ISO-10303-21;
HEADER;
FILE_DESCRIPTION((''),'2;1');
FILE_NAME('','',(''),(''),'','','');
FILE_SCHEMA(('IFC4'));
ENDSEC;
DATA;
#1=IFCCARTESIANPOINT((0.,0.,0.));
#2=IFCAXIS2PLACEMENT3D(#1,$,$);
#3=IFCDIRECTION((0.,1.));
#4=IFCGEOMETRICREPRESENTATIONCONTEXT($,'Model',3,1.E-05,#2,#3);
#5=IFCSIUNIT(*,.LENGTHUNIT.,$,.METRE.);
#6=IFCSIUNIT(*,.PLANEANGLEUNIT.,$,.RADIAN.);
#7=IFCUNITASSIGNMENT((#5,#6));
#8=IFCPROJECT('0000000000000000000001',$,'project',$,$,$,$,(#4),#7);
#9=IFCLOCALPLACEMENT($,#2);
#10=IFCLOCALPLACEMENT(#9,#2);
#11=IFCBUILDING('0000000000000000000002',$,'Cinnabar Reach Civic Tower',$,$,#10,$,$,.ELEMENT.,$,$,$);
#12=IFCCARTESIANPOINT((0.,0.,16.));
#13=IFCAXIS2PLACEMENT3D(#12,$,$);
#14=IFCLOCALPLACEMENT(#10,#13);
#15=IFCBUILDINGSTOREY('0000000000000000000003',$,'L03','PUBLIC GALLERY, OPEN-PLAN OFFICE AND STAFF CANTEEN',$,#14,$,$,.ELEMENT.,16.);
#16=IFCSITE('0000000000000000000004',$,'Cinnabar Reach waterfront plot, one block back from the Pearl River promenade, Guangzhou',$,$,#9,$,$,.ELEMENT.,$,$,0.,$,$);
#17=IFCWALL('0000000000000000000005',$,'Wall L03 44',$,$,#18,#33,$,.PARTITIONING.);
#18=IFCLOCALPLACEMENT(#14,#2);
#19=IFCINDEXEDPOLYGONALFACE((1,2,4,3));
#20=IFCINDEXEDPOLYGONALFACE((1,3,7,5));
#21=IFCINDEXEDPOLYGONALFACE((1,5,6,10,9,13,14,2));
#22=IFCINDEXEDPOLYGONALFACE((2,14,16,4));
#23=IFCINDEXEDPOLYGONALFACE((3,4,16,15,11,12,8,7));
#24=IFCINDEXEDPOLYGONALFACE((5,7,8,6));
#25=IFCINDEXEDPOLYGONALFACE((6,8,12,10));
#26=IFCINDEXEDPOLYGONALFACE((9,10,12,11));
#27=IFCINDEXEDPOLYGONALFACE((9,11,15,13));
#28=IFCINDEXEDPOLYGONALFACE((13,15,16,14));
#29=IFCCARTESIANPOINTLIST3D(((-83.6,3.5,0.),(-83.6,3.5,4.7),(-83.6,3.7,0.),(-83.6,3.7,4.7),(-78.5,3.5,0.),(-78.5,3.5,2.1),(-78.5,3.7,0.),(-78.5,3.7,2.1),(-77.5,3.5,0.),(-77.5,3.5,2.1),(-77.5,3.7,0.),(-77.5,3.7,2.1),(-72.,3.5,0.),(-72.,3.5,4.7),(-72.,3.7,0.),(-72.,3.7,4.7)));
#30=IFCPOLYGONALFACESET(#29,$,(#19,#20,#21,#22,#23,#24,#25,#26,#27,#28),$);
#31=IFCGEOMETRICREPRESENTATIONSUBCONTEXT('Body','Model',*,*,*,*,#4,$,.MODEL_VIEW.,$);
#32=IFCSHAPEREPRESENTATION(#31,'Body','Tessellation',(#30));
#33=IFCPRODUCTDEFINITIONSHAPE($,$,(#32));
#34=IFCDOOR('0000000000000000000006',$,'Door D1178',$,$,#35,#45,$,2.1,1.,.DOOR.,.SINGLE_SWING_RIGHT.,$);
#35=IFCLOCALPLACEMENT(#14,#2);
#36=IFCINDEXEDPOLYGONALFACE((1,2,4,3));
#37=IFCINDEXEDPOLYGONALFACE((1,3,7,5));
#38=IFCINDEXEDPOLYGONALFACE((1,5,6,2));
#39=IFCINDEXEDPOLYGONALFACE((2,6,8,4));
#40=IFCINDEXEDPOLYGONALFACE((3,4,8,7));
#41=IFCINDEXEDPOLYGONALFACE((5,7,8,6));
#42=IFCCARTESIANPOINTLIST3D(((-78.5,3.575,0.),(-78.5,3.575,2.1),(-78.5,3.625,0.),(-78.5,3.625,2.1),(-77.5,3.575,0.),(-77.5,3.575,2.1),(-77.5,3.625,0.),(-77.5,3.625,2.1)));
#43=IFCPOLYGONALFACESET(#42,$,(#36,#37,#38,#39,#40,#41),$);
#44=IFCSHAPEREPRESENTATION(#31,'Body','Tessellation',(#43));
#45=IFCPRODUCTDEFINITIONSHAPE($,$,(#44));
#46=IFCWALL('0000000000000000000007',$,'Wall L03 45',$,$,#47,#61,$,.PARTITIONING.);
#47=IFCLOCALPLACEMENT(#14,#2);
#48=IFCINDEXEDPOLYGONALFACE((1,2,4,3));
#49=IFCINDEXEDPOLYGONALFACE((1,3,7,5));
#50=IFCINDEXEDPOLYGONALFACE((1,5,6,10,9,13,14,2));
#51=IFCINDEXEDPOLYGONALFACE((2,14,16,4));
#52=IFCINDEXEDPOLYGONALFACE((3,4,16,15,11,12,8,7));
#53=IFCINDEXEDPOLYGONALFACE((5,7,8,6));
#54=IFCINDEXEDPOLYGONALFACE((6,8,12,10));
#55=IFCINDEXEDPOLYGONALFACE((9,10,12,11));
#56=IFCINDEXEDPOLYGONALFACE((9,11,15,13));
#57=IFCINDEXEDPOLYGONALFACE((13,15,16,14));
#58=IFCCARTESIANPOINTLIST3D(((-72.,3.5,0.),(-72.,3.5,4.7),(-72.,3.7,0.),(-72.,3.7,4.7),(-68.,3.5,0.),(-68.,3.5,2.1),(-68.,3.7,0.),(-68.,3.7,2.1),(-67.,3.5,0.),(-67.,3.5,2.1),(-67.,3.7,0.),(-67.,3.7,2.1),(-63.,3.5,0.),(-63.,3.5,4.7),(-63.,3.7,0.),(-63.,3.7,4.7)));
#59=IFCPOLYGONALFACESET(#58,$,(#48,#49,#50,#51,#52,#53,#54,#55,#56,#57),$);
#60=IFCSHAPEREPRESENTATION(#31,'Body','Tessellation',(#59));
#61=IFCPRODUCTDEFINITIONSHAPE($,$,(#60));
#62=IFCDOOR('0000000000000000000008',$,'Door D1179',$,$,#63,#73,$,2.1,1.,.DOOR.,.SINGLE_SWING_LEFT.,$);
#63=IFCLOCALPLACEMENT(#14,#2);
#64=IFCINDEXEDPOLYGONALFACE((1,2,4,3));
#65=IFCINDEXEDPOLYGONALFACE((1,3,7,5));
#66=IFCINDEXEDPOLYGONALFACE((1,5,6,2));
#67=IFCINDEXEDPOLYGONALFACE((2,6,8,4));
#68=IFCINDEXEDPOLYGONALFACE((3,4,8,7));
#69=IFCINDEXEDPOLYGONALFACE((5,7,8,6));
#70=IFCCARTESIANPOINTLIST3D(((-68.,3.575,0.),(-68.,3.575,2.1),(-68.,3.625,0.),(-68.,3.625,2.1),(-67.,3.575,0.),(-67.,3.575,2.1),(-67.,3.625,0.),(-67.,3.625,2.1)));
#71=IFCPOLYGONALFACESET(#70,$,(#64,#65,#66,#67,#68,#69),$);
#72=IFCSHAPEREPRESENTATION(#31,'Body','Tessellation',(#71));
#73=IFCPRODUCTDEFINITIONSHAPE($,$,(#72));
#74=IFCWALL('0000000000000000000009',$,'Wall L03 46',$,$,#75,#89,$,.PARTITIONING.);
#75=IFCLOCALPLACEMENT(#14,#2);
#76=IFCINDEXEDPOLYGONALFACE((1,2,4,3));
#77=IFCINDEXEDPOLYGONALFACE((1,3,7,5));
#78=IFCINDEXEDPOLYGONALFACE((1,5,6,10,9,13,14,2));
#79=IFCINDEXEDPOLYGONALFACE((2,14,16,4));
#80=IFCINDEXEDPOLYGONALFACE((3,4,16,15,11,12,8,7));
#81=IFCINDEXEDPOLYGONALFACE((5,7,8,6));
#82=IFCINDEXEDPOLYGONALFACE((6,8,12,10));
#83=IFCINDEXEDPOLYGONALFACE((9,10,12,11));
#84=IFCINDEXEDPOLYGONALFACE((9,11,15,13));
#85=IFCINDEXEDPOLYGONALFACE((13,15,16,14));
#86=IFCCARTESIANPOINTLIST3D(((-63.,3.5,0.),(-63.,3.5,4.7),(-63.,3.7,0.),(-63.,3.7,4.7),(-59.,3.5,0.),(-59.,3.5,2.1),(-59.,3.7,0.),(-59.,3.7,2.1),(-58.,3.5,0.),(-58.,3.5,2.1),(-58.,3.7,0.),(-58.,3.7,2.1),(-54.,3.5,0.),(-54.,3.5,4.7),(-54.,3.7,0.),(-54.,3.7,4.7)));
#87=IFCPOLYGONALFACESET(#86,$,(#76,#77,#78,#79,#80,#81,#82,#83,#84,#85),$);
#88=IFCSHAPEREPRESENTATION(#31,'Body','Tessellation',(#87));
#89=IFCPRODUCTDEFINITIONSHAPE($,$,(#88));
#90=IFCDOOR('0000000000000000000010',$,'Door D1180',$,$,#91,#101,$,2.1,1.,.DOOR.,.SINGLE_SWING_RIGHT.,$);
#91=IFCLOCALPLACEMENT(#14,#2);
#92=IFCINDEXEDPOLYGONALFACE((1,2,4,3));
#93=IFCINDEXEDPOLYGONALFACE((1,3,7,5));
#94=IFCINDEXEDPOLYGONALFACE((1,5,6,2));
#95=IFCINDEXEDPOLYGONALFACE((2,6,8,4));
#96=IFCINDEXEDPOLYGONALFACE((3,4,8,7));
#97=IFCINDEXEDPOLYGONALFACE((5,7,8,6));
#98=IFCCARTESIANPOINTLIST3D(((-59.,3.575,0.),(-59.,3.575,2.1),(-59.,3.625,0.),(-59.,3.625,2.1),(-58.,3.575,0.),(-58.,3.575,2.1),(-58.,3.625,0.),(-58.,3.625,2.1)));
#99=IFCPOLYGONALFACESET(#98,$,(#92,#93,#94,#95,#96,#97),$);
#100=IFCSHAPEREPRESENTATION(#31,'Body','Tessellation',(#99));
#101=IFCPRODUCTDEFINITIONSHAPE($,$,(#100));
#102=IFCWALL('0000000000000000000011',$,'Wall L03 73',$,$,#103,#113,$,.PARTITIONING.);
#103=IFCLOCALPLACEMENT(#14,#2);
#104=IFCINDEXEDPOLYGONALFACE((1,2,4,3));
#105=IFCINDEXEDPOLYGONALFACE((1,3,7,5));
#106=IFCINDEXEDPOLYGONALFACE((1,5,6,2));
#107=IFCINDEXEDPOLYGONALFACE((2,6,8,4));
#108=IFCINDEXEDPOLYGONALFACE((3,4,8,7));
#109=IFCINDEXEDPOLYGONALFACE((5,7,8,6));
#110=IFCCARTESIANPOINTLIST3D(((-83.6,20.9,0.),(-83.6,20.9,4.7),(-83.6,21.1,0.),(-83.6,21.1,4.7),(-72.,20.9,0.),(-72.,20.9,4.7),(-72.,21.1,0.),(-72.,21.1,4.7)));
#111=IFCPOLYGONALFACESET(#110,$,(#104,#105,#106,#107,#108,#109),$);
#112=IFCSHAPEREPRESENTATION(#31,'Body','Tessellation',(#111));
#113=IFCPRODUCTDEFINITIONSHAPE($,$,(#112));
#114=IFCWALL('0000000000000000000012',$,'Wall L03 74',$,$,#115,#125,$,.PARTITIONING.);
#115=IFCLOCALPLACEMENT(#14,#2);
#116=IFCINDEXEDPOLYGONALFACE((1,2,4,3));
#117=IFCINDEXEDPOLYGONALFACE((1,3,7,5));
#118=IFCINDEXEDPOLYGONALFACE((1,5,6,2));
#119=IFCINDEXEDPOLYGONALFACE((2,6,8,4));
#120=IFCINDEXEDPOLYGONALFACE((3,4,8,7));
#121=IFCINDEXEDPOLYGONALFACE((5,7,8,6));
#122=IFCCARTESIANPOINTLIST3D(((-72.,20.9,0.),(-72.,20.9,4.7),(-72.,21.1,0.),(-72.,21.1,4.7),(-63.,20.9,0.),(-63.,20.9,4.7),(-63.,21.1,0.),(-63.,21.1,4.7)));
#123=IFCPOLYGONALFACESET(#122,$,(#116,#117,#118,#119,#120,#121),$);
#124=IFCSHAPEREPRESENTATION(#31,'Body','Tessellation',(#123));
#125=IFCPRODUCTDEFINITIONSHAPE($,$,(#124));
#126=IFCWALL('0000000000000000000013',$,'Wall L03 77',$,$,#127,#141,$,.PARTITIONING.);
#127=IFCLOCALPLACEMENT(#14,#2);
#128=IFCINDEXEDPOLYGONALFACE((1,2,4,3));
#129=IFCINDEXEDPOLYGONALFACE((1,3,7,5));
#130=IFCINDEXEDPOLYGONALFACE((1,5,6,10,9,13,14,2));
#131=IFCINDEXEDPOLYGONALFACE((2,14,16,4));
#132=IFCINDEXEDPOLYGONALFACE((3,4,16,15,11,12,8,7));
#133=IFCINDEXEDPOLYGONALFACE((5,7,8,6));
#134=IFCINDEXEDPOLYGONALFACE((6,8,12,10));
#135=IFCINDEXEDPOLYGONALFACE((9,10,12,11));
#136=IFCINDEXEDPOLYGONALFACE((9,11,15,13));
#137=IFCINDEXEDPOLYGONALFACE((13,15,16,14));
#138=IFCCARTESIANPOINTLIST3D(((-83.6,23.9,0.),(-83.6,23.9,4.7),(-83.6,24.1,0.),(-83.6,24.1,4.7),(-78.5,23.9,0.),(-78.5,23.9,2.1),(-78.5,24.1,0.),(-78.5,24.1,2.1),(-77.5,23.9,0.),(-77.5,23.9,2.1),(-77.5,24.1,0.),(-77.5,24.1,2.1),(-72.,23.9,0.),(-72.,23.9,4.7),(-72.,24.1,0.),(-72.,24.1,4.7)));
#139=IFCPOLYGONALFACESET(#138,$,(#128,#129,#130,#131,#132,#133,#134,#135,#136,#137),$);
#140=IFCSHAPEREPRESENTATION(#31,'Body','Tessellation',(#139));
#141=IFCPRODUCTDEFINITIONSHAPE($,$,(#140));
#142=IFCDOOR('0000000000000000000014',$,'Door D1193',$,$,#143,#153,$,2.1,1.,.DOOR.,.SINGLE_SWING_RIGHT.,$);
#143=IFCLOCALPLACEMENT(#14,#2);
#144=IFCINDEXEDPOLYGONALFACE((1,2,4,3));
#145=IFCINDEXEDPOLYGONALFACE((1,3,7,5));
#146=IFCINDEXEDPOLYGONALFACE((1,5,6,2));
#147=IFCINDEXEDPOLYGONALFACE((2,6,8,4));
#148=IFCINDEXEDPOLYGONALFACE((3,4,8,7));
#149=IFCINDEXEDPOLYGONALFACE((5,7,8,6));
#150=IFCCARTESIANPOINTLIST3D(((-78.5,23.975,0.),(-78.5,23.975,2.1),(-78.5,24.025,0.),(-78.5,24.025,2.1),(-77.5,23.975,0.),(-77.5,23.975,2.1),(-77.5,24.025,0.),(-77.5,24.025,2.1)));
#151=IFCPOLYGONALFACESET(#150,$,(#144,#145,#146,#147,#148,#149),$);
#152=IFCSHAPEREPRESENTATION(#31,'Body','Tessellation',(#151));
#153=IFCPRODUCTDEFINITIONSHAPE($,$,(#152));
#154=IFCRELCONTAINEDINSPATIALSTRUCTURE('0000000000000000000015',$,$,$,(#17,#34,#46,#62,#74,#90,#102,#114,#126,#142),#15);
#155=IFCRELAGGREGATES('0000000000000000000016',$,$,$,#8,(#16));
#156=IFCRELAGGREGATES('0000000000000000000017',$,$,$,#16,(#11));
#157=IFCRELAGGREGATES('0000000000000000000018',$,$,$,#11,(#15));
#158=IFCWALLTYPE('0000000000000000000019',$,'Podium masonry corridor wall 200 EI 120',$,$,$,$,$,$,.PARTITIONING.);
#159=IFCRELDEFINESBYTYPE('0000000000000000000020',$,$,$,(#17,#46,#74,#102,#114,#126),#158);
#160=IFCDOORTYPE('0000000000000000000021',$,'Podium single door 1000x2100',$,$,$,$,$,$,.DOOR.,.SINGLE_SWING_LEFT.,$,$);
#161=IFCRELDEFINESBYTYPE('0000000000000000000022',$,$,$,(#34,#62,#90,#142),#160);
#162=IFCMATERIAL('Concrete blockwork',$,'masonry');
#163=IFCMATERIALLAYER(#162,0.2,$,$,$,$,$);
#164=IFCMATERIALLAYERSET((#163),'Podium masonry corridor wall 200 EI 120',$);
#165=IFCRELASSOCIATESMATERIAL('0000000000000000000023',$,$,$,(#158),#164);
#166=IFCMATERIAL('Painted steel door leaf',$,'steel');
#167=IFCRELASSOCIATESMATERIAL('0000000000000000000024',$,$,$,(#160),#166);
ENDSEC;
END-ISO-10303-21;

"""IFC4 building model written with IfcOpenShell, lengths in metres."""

from ifc_helpers import new_model, si_unit, direction, frame, frame_2d, origin, place, context, subcontext, project, spatial, rectangle, extrude, material, layer, layer_set, type_object, element, fill, save


model = new_model("IFC4")

# Units and contexts
model_context = context("Model", 3, precision=1e-05, world=origin(), true_north=direction((0.0, 1.0)))
body_context = subcontext(model_context, "Body", "Model", "MODEL_VIEW")
ifc_project = project(units=[si_unit("LENGTHUNIT", "METRE"), si_unit("PLANEANGLEUNIT", "RADIAN")], contexts=[model_context])

# Site, building, storey
site_placement = place(None, origin())
site = spatial("IfcSite", under=ifc_project, at=site_placement, Name="Cinnabar Reach waterfront plot, one block back from the Pearl River promenade, Guangzhou", CompositionType="ELEMENT", RefElevation=0.0)
building_placement = place(site_placement, origin())
building = spatial("IfcBuilding", under=site, at=building_placement, Name="Cinnabar Reach Civic Tower", CompositionType="ELEMENT")
storey_placement = place(building_placement, frame((0.0, 0.0, 16.0)))
storey = spatial("IfcBuildingStorey", under=building, at=storey_placement, Name="L03", Description="PUBLIC GALLERY, OPEN-PLAN OFFICE AND STAFF CANTEEN", CompositionType="ELEMENT", Elevation=16.0)

# Walls, openings, doors
ifc_material_1 = material(Name="Concrete blockwork", Category="masonry")
ifc_layer_1 = layer(ifc_material_1, 0.2)
ifc_layer_set_1 = layer_set([ifc_layer_1], Name="Podium masonry corridor wall 200 EI 120")
wall_type_1 = type_object("IfcWallType", Name="Podium masonry corridor wall 200 EI 120", PredefinedType="PARTITIONING", material=ifc_layer_set_1)
ifc_material_2 = material(Name="Painted steel door leaf", Category="steel")
door_type = type_object("IfcDoorType", Name="Podium single door 1000x2100", OperationType="SINGLE_SWING_LEFT", PredefinedType="DOOR", material=ifc_material_2)
wall_1_placement = place(storey_placement, frame((-83.6, 3.6, 0.0), z_axis=(0.0, 0.0, 1.0), x_axis=(1.0, 0.0, 0.0)))
wall_1 = element("IfcWall", 1, at=wall_1_placement, inside=storey, type_object=wall_type_1, Name="Wall L03 44", PredefinedType="PARTITIONING", context=body_context, shape_type="SweptSolid", body=[
    extrude(rectangle(XDim=11.6, YDim=0.2, at=frame_2d((5.8, 0.0))), origin(), (0.0, 0.0, 1.0), 4.7),
])
opening_1_placement = place(wall_1_placement, frame((5.1, 0.0, 0.0)))
opening_1 = element("IfcOpeningElement", 2, at=opening_1_placement, cuts=wall_1, PredefinedType="OPENING", context=body_context, shape_type="SweptSolid", body=[
    extrude(rectangle(XDim=1.0, YDim=2.1, at=frame_2d((0.5, 1.05))), frame((0.0, 0.11, 0.0), z_axis=(0.0, -1.0, 0.0), x_axis=(1.0, 0.0, 0.0)), (0.0, 0.0, 1.0), 0.22),
])
door_1_placement = place(opening_1_placement, origin())
door_1 = element("IfcDoor", 3, at=door_1_placement, inside=storey, type_object=door_type, Name="Door D1178", OperationType="SINGLE_SWING_RIGHT", OverallHeight=2.1, OverallWidth=1.0, PredefinedType="DOOR", context=body_context, shape_type="SweptSolid", body=[
    extrude(rectangle(XDim=1.0, YDim=2.1, at=frame_2d((0.5, 1.05))), frame((0.0, 0.025, 0.0), z_axis=(0.0, -1.0, 0.0), x_axis=(1.0, 0.0, 0.0)), (0.0, 0.0, 1.0), 0.05),
])
fill(opening_1, door_1)
wall_2_placement = place(storey_placement, frame((-72.0, 3.6, 0.0), z_axis=(0.0, 0.0, 1.0), x_axis=(1.0, 0.0, 0.0)))
wall_2 = element("IfcWall", 4, at=wall_2_placement, inside=storey, type_object=wall_type_1, Name="Wall L03 45", PredefinedType="PARTITIONING", context=body_context, shape_type="SweptSolid", body=[
    extrude(rectangle(XDim=9.0, YDim=0.2, at=frame_2d((4.5, 0.0))), origin(), (0.0, 0.0, 1.0), 4.7),
])
opening_2_placement = place(wall_2_placement, frame((4.0, 0.0, 0.0)))
opening_2 = element("IfcOpeningElement", 5, at=opening_2_placement, cuts=wall_2, PredefinedType="OPENING", context=body_context, shape_type="SweptSolid", body=[
    extrude(rectangle(XDim=1.0, YDim=2.1, at=frame_2d((0.5, 1.05))), frame((0.0, 0.11, 0.0), z_axis=(0.0, -1.0, 0.0), x_axis=(1.0, 0.0, 0.0)), (0.0, 0.0, 1.0), 0.22),
])
door_2_placement = place(opening_2_placement, origin())
door_2 = element("IfcDoor", 6, at=door_2_placement, inside=storey, type_object=door_type, Name="Door D1179", OperationType="SINGLE_SWING_LEFT", OverallHeight=2.1, OverallWidth=1.0, PredefinedType="DOOR", context=body_context, shape_type="SweptSolid", body=[
    extrude(rectangle(XDim=1.0, YDim=2.1, at=frame_2d((0.5, 1.05))), frame((0.0, 0.025, 0.0), z_axis=(0.0, -1.0, 0.0), x_axis=(1.0, 0.0, 0.0)), (0.0, 0.0, 1.0), 0.05),
])
fill(opening_2, door_2)
wall_3_placement = place(storey_placement, frame((-63.0, 3.6, 0.0), z_axis=(0.0, 0.0, 1.0), x_axis=(1.0, 0.0, 0.0)))
wall_3 = element("IfcWall", 7, at=wall_3_placement, inside=storey, type_object=wall_type_1, Name="Wall L03 46", PredefinedType="PARTITIONING", context=body_context, shape_type="SweptSolid", body=[
    extrude(rectangle(XDim=9.0, YDim=0.2, at=frame_2d((4.5, 0.0))), origin(), (0.0, 0.0, 1.0), 4.7),
])
opening_3_placement = place(wall_3_placement, frame((4.0, 0.0, 0.0)))
opening_3 = element("IfcOpeningElement", 8, at=opening_3_placement, cuts=wall_3, PredefinedType="OPENING", context=body_context, shape_type="SweptSolid", body=[
    extrude(rectangle(XDim=1.0, YDim=2.1, at=frame_2d((0.5, 1.05))), frame((0.0, 0.11, 0.0), z_axis=(0.0, -1.0, 0.0), x_axis=(1.0, 0.0, 0.0)), (0.0, 0.0, 1.0), 0.22),
])
door_3_placement = place(opening_3_placement, origin())
door_3 = element("IfcDoor", 9, at=door_3_placement, inside=storey, type_object=door_type, Name="Door D1180", OperationType="SINGLE_SWING_RIGHT", OverallHeight=2.1, OverallWidth=1.0, PredefinedType="DOOR", context=body_context, shape_type="SweptSolid", body=[
    extrude(rectangle(XDim=1.0, YDim=2.1, at=frame_2d((0.5, 1.05))), frame((0.0, 0.025, 0.0), z_axis=(0.0, -1.0, 0.0), x_axis=(1.0, 0.0, 0.0)), (0.0, 0.0, 1.0), 0.05),
])
fill(opening_3, door_3)

# Walls
wall_4_placement = place(storey_placement, frame((-83.6, 21.0, 0.0), z_axis=(0.0, 0.0, 1.0), x_axis=(1.0, 0.0, 0.0)))
element("IfcWall", 10, at=wall_4_placement, inside=storey, type_object=wall_type_1, Name="Wall L03 73", PredefinedType="PARTITIONING", context=body_context, shape_type="SweptSolid", body=[
    extrude(rectangle(XDim=11.6, YDim=0.2, at=frame_2d((5.8, 0.0))), origin(), (0.0, 0.0, 1.0), 4.7),
])
wall_5_placement = place(storey_placement, frame((-72.0, 21.0, 0.0), z_axis=(0.0, 0.0, 1.0), x_axis=(1.0, 0.0, 0.0)))
element("IfcWall", 11, at=wall_5_placement, inside=storey, type_object=wall_type_1, Name="Wall L03 74", PredefinedType="PARTITIONING", context=body_context, shape_type="SweptSolid", body=[
    extrude(rectangle(XDim=9.0, YDim=0.2, at=frame_2d((4.5, 0.0))), origin(), (0.0, 0.0, 1.0), 4.7),
])

# Wall, opening, door
wall_6_placement = place(storey_placement, frame((-83.6, 24.0, 0.0), z_axis=(0.0, 0.0, 1.0), x_axis=(1.0, 0.0, 0.0)))
wall_6 = element("IfcWall", 12, at=wall_6_placement, inside=storey, type_object=wall_type_1, Name="Wall L03 77", PredefinedType="PARTITIONING", context=body_context, shape_type="SweptSolid", body=[
    extrude(rectangle(XDim=11.6, YDim=0.2, at=frame_2d((5.8, 0.0))), origin(), (0.0, 0.0, 1.0), 4.7),
])
opening_4_placement = place(wall_6_placement, frame((5.1, 0.0, 0.0)))
opening_4 = element("IfcOpeningElement", 13, at=opening_4_placement, cuts=wall_6, PredefinedType="OPENING", context=body_context, shape_type="SweptSolid", body=[
    extrude(rectangle(XDim=1.0, YDim=2.1, at=frame_2d((0.5, 1.05))), frame((0.0, 0.11, 0.0), z_axis=(0.0, -1.0, 0.0), x_axis=(1.0, 0.0, 0.0)), (0.0, 0.0, 1.0), 0.22),
])
door_4_placement = place(opening_4_placement, origin())
door_4 = element("IfcDoor", 14, at=door_4_placement, inside=storey, type_object=door_type, Name="Door D1193", OperationType="SINGLE_SWING_RIGHT", OverallHeight=2.1, OverallWidth=1.0, PredefinedType="DOOR", context=body_context, shape_type="SweptSolid", body=[
    extrude(rectangle(XDim=1.0, YDim=2.1, at=frame_2d((0.5, 1.05))), frame((0.0, 0.025, 0.0), z_axis=(0.0, -1.0, 0.0), x_axis=(1.0, 0.0, 0.0)), (0.0, 0.0, 1.0), 0.05),
])
fill(opening_4, door_4)

save(model, "model.ifc")
